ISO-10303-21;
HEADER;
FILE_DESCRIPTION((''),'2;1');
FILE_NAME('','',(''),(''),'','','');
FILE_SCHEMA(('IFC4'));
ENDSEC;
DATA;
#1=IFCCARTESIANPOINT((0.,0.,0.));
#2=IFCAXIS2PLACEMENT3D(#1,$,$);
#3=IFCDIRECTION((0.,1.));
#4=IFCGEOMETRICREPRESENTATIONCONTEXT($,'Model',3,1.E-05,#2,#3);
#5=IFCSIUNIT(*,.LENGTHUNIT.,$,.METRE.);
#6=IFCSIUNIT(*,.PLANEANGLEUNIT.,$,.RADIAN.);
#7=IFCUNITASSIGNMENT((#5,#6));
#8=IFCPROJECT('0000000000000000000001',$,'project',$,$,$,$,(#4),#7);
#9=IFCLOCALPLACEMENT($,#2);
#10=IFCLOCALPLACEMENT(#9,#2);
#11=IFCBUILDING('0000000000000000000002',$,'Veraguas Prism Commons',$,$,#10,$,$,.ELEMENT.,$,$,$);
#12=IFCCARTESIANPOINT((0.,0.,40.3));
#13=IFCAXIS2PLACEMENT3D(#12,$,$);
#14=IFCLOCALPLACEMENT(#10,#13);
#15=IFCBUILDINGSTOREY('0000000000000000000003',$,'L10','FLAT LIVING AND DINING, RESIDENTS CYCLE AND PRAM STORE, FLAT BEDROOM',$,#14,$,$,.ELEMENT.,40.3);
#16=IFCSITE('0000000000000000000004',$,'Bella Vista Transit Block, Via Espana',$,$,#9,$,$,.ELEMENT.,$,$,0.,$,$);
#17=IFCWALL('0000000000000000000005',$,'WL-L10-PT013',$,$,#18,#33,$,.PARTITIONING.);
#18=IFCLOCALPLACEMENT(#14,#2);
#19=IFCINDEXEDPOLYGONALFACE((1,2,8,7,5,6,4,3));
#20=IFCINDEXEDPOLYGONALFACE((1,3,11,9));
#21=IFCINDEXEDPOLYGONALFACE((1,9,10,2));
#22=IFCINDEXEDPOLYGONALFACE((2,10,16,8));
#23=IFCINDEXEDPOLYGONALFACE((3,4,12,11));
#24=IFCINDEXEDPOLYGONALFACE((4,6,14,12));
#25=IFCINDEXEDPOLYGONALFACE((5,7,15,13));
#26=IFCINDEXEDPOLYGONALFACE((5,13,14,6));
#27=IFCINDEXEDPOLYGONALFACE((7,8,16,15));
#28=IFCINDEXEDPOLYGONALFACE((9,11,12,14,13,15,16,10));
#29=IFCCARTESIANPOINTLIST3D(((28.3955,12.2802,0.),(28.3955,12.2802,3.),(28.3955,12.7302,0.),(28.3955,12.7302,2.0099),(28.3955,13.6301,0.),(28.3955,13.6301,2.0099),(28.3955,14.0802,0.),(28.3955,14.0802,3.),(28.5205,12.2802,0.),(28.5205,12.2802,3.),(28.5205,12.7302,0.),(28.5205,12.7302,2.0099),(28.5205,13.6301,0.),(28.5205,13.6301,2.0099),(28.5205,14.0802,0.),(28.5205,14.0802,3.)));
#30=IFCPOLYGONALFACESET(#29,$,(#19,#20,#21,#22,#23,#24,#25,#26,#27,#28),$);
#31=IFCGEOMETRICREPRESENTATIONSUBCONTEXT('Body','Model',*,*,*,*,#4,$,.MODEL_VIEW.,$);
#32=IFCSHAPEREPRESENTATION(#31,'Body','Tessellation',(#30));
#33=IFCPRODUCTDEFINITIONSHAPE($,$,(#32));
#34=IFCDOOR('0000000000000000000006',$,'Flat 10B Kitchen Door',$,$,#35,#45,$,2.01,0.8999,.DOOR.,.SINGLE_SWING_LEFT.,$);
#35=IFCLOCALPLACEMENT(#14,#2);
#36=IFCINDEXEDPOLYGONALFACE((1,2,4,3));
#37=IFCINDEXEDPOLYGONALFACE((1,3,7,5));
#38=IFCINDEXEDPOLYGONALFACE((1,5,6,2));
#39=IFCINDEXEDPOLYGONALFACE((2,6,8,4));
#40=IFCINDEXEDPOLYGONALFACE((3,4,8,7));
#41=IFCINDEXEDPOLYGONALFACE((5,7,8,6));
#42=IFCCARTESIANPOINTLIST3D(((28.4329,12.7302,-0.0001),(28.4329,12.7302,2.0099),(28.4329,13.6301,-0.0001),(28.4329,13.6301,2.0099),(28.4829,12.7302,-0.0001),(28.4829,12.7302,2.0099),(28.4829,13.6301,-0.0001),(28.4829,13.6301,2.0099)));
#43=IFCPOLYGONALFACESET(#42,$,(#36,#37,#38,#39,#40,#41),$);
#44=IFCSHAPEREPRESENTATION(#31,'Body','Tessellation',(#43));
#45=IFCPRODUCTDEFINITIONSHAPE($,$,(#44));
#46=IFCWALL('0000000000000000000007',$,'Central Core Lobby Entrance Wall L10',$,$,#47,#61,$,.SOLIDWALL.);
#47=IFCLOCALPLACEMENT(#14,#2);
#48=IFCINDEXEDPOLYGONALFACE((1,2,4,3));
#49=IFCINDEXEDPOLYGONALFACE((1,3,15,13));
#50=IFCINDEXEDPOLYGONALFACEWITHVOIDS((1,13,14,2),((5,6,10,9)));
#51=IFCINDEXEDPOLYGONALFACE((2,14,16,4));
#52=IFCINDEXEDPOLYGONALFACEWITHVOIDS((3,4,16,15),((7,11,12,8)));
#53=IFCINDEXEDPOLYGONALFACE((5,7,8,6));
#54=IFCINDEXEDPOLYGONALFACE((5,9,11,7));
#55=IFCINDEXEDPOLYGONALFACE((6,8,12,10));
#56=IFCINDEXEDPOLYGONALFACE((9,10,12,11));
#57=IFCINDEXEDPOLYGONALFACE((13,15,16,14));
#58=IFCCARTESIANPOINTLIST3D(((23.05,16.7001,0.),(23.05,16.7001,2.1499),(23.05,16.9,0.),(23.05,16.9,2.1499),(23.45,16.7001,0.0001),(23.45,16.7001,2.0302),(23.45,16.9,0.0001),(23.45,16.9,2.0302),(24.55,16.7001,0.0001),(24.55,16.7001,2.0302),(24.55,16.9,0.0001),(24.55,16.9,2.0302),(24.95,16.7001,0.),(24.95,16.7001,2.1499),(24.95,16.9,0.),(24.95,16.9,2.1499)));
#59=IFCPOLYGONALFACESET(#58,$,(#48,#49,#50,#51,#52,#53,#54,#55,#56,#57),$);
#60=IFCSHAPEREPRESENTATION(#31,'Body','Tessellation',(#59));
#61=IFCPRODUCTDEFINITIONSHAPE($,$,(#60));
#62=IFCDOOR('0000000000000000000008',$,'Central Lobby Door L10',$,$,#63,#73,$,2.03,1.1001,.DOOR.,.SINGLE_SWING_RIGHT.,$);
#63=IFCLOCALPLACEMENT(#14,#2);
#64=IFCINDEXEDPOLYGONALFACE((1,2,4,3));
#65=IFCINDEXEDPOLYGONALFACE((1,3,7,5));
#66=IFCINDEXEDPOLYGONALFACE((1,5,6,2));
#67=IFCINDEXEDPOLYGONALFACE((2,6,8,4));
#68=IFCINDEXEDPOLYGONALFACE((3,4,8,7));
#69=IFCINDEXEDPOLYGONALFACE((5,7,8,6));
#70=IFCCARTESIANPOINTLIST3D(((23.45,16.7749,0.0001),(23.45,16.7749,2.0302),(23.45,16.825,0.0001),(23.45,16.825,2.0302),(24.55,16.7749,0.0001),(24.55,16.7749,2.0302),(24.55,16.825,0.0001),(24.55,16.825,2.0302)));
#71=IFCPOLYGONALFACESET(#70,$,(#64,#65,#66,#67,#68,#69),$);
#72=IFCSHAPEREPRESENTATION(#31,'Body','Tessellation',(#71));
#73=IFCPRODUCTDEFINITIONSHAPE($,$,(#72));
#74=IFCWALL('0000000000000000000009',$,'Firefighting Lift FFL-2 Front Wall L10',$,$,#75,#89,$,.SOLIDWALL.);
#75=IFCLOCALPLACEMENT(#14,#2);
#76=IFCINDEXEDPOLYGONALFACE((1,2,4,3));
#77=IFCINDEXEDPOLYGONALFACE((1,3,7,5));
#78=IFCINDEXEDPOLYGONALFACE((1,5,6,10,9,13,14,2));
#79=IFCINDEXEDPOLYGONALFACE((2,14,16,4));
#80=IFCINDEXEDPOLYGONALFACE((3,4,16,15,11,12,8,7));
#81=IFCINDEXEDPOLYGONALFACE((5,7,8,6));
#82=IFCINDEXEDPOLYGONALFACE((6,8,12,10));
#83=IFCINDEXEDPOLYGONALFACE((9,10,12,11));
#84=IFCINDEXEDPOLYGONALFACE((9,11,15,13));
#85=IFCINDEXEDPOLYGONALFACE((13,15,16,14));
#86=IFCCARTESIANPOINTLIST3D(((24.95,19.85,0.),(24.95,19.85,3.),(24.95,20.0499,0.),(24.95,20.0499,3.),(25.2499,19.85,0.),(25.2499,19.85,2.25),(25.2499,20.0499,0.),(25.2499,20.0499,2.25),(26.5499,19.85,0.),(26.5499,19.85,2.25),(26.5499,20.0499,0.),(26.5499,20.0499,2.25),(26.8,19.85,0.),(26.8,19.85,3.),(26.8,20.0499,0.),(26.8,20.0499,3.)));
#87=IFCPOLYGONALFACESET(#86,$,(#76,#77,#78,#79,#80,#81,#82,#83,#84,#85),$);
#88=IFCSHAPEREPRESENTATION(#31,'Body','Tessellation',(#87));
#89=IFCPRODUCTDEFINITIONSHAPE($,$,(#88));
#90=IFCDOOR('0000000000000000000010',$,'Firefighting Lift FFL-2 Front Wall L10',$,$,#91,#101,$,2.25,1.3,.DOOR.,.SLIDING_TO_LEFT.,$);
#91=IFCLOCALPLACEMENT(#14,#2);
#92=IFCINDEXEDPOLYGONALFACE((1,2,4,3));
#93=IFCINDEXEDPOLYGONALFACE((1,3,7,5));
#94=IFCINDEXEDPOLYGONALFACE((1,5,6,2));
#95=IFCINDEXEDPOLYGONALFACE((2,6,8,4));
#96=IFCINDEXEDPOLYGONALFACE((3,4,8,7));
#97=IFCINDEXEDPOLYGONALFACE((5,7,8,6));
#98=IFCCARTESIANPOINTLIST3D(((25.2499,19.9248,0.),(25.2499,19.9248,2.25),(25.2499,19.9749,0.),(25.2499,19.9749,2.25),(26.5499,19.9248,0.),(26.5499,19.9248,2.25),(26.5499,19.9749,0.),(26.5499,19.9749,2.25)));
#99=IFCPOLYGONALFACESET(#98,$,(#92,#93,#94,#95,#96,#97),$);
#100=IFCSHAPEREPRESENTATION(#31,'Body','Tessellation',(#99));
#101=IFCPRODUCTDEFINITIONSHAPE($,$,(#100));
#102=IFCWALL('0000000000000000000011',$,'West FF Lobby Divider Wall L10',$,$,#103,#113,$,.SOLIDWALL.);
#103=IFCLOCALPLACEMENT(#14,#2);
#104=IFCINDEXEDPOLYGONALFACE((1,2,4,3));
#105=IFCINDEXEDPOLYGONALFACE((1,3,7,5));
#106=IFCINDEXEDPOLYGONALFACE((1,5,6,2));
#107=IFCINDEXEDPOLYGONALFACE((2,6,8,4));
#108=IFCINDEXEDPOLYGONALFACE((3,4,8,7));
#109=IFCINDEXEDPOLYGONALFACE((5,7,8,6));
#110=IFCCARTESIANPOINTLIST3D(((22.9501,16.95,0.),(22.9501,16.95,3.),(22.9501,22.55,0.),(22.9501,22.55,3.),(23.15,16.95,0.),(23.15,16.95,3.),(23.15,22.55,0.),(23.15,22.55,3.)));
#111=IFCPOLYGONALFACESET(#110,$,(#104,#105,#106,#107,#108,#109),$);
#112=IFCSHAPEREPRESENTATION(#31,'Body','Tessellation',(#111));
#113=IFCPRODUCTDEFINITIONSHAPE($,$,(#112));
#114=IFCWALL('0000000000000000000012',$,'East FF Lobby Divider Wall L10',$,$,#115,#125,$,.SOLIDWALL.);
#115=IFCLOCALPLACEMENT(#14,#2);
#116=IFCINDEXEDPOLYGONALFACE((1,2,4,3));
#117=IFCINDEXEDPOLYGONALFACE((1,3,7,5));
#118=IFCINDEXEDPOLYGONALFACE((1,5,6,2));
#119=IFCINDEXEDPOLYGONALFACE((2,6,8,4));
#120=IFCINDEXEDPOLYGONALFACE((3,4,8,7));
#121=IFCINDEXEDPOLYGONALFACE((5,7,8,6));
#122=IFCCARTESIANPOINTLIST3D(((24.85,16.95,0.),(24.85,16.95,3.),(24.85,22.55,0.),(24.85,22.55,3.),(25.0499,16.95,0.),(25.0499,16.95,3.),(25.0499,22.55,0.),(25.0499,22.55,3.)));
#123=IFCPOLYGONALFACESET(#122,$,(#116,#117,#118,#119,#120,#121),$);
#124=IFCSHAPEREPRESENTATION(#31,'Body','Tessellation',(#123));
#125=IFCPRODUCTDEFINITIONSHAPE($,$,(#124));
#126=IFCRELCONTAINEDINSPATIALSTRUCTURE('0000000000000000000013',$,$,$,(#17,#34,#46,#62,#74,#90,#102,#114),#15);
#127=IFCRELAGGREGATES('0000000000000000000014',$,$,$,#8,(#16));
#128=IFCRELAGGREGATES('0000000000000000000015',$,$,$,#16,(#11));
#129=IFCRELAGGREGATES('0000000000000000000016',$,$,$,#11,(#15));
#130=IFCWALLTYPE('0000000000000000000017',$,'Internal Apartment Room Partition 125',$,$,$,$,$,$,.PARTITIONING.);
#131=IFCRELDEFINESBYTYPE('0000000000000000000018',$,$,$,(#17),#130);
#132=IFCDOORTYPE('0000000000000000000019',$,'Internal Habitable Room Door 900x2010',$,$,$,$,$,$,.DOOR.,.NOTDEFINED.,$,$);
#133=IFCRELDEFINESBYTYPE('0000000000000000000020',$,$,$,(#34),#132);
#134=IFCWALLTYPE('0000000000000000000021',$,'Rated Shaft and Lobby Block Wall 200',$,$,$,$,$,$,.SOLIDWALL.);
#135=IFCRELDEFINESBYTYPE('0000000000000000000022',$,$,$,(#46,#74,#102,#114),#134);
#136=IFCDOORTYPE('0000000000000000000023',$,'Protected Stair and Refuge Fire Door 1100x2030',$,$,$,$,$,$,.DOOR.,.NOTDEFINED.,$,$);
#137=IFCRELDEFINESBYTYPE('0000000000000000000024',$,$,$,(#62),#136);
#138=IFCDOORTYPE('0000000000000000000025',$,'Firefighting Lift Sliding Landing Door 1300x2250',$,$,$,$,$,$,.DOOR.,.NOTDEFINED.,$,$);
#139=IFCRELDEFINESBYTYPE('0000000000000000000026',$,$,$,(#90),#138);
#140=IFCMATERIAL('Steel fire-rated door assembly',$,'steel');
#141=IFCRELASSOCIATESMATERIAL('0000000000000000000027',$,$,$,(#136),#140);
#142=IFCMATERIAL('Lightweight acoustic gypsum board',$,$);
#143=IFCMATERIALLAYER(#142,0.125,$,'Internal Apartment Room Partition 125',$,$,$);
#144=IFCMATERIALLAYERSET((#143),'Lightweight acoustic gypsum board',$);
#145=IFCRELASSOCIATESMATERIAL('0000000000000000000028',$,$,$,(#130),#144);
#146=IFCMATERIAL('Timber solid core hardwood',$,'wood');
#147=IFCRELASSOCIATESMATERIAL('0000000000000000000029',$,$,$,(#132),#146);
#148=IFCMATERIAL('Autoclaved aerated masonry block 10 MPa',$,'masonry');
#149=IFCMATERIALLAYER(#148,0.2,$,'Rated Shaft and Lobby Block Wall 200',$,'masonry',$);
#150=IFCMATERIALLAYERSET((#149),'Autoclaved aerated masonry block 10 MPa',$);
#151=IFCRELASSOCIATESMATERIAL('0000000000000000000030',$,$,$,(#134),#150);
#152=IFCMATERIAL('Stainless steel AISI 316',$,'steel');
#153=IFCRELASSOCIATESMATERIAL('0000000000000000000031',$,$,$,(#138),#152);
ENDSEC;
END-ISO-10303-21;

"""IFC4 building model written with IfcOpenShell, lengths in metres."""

from ifc_helpers import new_model, si_unit, direction, frame, frame_2d, origin, place, context, subcontext, project, spatial, rectangle, extrude, source, transform, mapped, material, layer, layer_set, type_object, element, fill, save


model = new_model("IFC4")

# Units and contexts
model_context = context("Model", 3, precision=1e-05, world=origin(), true_north=direction((0.0, 1.0)))
body_context = subcontext(model_context, "Body", "Model", "MODEL_VIEW")
ifc_project = project(units=[si_unit("LENGTHUNIT", "METRE"), si_unit("PLANEANGLEUNIT", "RADIAN")], contexts=[model_context])

# Site, building, storey
site_placement = place(None, origin())
site = spatial("IfcSite", under=ifc_project, at=site_placement, Name="Bella Vista Transit Block, Via Espana", CompositionType="ELEMENT", RefElevation=0.0)
building_placement = place(site_placement, origin())
building = spatial("IfcBuilding", under=site, at=building_placement, Name="Veraguas Prism Commons", CompositionType="ELEMENT")
storey_placement = place(building_placement, frame((0.0, 0.0, 40.3)))
storey = spatial("IfcBuildingStorey", under=building, at=storey_placement, Name="L10", Description="FLAT LIVING AND DINING, RESIDENTS CYCLE AND PRAM STORE, FLAT BEDROOM", CompositionType="ELEMENT", Elevation=40.3)

# Shared definitions
ifc_material_1 = material(Name="Steel fire-rated door assembly", Category="steel")
door_type_1 = type_object("IfcDoorType", Name="Protected Stair and Refuge Fire Door 1100x2030", OperationType="NOTDEFINED", PredefinedType="DOOR", material=ifc_material_1)
shared_shape_1 = source(origin(), body_context, "Body", "SweptSolid", [
    extrude(rectangle(XDim=1.1001, YDim=2.03, at=frame_2d((0.55, 1.0151))), frame((0.0, 0.0249, 0.0), z_axis=(0.0, -1.0, 0.0), x_axis=(1.0, 0.0, 0.0)), (0.0, 0.0, 1.0), 0.05),
])

# Walls, openings, doors
ifc_material_2 = material(Name="Autoclaved aerated masonry block 10 MPa", Category="masonry")
ifc_material_3 = material(Name="Lightweight acoustic gypsum board")
ifc_layer_1 = layer(ifc_material_3, 0.125, Name="Internal Apartment Room Partition 125")
ifc_layer_set_1 = layer_set([ifc_layer_1], Name="Lightweight acoustic gypsum board")
wall_type_1 = type_object("IfcWallType", Name="Internal Apartment Room Partition 125", PredefinedType="PARTITIONING", material=ifc_layer_set_1)
wall_1_placement = place(storey_placement, frame((28.458, 14.0801, 0.0), z_axis=(0.0, 0.0, 1.0), x_axis=(0.0, -1.0, 0.0)))
wall_1 = element("IfcWall", 1, at=wall_1_placement, inside=storey, type_object=wall_type_1, Name="WL-L10-PT013", PredefinedType="PARTITIONING", context=body_context, shape_type="SweptSolid", body=[
    extrude(rectangle(XDim=1.8, YDim=0.125, at=frame_2d((0.8999, 0.0))), origin(), (0.0, 0.0, 1.0), 3.0),
])
opening_1_placement = place(wall_1_placement, frame((0.45, 0.0, 0.0)))
opening_1 = element("IfcOpeningElement", 2, at=opening_1_placement, cuts=wall_1, PredefinedType="OPENING", context=body_context, shape_type="SweptSolid", body=[
    extrude(rectangle(XDim=0.8999, YDim=2.01, at=frame_2d((0.45, 1.0049))), frame((0.0, 0.0725, 0.0), z_axis=(0.0, -1.0, 0.0), x_axis=(1.0, 0.0, 0.0)), (0.0, 0.0, 1.0), 0.145),
])
ifc_material_4 = material(Name="Timber solid core hardwood", Category="wood")
door_type_2 = type_object("IfcDoorType", Name="Internal Habitable Room Door 900x2010", OperationType="NOTDEFINED", PredefinedType="DOOR", material=ifc_material_4)
shared_shape_2 = source(origin(), body_context, "Body", "SweptSolid", [
    extrude(rectangle(XDim=0.8999, YDim=2.01, at=frame_2d((0.45, 1.0049))), frame((0.0, 0.0249, 0.0), z_axis=(0.0, -1.0, 0.0), x_axis=(1.0, 0.0, 0.0)), (0.0, 0.0, 1.0), 0.05),
])
door_1_placement = place(opening_1_placement, origin())
door_1 = element("IfcDoor", 3, at=door_1_placement, inside=storey, type_object=door_type_2, Name="Flat 10B Kitchen Door", OperationType="SINGLE_SWING_LEFT", OverallHeight=2.01, OverallWidth=0.8999, PredefinedType="DOOR", context=body_context, shape_type="MappedRepresentation", body=[
    mapped(shared_shape_2, transform((0.0, 0.0, 0.0), scale=1.0)),
])
fill(opening_1, door_1)
ifc_layer_2 = layer(ifc_material_2, 0.2, Name="Rated Shaft and Lobby Block Wall 200", Category="masonry")
ifc_layer_set_2 = layer_set([ifc_layer_2], Name="Autoclaved aerated masonry block 10 MPa")
wall_type_2 = type_object("IfcWallType", Name="Rated Shaft and Lobby Block Wall 200", PredefinedType="SOLIDWALL", material=ifc_layer_set_2)
wall_2_placement = place(storey_placement, frame((23.05, 16.8, 0.0), z_axis=(0.0, 0.0, 1.0), x_axis=(1.0, 0.0, 0.0)))
wall_2 = element("IfcWall", 4, at=wall_2_placement, inside=storey, type_object=wall_type_2, Name="Central Core Lobby Entrance Wall L10", PredefinedType="SOLIDWALL", context=body_context, shape_type="SweptSolid", body=[
    extrude(rectangle(XDim=1.8999, YDim=0.2, at=frame_2d((0.95, 0.0))), origin(), (0.0, 0.0, 1.0), 2.1499),
])
opening_2_placement = place(wall_2_placement, frame((0.3999, 0.0, 0.0)))
opening_2 = element("IfcOpeningElement", 5, at=opening_2_placement, cuts=wall_2, PredefinedType="OPENING", context=body_context, shape_type="SweptSolid", body=[
    extrude(rectangle(XDim=1.1001, YDim=2.03, at=frame_2d((0.55, 1.0151))), frame((0.0, 0.1099, 0.0), z_axis=(0.0, -1.0, 0.0), x_axis=(1.0, 0.0, 0.0)), (0.0, 0.0, 1.0), 0.22),
])
door_2_placement = place(opening_2_placement, origin())
door_2 = element("IfcDoor", 6, at=door_2_placement, inside=storey, type_object=door_type_1, Name="Central Lobby Door L10", OperationType="SINGLE_SWING_RIGHT", OverallHeight=2.03, OverallWidth=1.1001, PredefinedType="DOOR", context=body_context, shape_type="MappedRepresentation", body=[
    mapped(shared_shape_1, transform((0.0, 0.0, 0.0), scale=1.0)),
])
fill(opening_2, door_2)
wall_3_placement = place(storey_placement, frame((24.95, 19.95, 0.0), z_axis=(0.0, 0.0, 1.0), x_axis=(1.0, 0.0, 0.0)))
wall_3 = element("IfcWall", 7, at=wall_3_placement, inside=storey, type_object=wall_type_2, Name="Firefighting Lift FFL-2 Front Wall L10", PredefinedType="SOLIDWALL", context=body_context, shape_type="SweptSolid", body=[
    extrude(rectangle(XDim=1.8501, YDim=0.2, at=frame_2d((0.925, 0.0))), origin(), (0.0, 0.0, 1.0), 3.0),
])
opening_3_placement = place(wall_3_placement, frame((0.3, 0.0, 0.0)))
opening_3 = element("IfcOpeningElement", 8, at=opening_3_placement, cuts=wall_3, PredefinedType="OPENING", context=body_context, shape_type="SweptSolid", body=[
    extrude(rectangle(XDim=1.3, YDim=2.25, at=frame_2d((0.6499, 1.125))), frame((0.0, 0.1099, 0.0), z_axis=(0.0, -1.0, 0.0), x_axis=(1.0, 0.0, 0.0)), (0.0, 0.0, 1.0), 0.22),
])
ifc_material_5 = material(Name="Stainless steel AISI 316", Category="steel")
door_type_3 = type_object("IfcDoorType", Name="Firefighting Lift Sliding Landing Door 1300x2250", OperationType="NOTDEFINED", PredefinedType="DOOR", material=ifc_material_5)
shared_shape_3 = source(origin(), body_context, "Body", "SweptSolid", [
    extrude(rectangle(XDim=1.3, YDim=2.25, at=frame_2d((0.6499, 1.125))), frame((0.0, 0.0249, 0.0), z_axis=(0.0, -1.0, 0.0), x_axis=(1.0, 0.0, 0.0)), (0.0, 0.0, 1.0), 0.05),
])
door_3_placement = place(opening_3_placement, origin())
door_3 = element("IfcDoor", 9, at=door_3_placement, inside=storey, type_object=door_type_3, Name="Firefighting Lift FFL-2 Front Wall L10", OperationType="SLIDING_TO_LEFT", OverallHeight=2.25, OverallWidth=1.3, PredefinedType="DOOR", context=body_context, shape_type="MappedRepresentation", body=[
    mapped(shared_shape_3, transform((0.0, 0.0, 0.0), scale=1.0)),
])
fill(opening_3, door_3)

# Walls
for number, where, z_axis, x_axis, name in (
    (10, (23.05, 16.95, 0.0), (0.0, 0.0, 1.0), (0.0, 1.0, 0.0), "West FF Lobby Divider Wall L10"),
    (11, (24.95, 16.95, 0.0), (0.0, 0.0, 1.0), (0.0, 1.0, 0.0), "East FF Lobby Divider Wall L10"),
):
    element("IfcWall", number, at=place(storey_placement, frame(where, z_axis=z_axis, x_axis=x_axis)), inside=storey, type_object=wall_type_2, Name=name, PredefinedType="SOLIDWALL", context=body_context, shape_type="SweptSolid", body=[
        extrude(rectangle(XDim=5.6001, YDim=0.2, at=frame_2d((2.8, 0.0))), origin(), (0.0, 0.0, 1.0), 3.0),
    ])

save(model, "model.ifc")
